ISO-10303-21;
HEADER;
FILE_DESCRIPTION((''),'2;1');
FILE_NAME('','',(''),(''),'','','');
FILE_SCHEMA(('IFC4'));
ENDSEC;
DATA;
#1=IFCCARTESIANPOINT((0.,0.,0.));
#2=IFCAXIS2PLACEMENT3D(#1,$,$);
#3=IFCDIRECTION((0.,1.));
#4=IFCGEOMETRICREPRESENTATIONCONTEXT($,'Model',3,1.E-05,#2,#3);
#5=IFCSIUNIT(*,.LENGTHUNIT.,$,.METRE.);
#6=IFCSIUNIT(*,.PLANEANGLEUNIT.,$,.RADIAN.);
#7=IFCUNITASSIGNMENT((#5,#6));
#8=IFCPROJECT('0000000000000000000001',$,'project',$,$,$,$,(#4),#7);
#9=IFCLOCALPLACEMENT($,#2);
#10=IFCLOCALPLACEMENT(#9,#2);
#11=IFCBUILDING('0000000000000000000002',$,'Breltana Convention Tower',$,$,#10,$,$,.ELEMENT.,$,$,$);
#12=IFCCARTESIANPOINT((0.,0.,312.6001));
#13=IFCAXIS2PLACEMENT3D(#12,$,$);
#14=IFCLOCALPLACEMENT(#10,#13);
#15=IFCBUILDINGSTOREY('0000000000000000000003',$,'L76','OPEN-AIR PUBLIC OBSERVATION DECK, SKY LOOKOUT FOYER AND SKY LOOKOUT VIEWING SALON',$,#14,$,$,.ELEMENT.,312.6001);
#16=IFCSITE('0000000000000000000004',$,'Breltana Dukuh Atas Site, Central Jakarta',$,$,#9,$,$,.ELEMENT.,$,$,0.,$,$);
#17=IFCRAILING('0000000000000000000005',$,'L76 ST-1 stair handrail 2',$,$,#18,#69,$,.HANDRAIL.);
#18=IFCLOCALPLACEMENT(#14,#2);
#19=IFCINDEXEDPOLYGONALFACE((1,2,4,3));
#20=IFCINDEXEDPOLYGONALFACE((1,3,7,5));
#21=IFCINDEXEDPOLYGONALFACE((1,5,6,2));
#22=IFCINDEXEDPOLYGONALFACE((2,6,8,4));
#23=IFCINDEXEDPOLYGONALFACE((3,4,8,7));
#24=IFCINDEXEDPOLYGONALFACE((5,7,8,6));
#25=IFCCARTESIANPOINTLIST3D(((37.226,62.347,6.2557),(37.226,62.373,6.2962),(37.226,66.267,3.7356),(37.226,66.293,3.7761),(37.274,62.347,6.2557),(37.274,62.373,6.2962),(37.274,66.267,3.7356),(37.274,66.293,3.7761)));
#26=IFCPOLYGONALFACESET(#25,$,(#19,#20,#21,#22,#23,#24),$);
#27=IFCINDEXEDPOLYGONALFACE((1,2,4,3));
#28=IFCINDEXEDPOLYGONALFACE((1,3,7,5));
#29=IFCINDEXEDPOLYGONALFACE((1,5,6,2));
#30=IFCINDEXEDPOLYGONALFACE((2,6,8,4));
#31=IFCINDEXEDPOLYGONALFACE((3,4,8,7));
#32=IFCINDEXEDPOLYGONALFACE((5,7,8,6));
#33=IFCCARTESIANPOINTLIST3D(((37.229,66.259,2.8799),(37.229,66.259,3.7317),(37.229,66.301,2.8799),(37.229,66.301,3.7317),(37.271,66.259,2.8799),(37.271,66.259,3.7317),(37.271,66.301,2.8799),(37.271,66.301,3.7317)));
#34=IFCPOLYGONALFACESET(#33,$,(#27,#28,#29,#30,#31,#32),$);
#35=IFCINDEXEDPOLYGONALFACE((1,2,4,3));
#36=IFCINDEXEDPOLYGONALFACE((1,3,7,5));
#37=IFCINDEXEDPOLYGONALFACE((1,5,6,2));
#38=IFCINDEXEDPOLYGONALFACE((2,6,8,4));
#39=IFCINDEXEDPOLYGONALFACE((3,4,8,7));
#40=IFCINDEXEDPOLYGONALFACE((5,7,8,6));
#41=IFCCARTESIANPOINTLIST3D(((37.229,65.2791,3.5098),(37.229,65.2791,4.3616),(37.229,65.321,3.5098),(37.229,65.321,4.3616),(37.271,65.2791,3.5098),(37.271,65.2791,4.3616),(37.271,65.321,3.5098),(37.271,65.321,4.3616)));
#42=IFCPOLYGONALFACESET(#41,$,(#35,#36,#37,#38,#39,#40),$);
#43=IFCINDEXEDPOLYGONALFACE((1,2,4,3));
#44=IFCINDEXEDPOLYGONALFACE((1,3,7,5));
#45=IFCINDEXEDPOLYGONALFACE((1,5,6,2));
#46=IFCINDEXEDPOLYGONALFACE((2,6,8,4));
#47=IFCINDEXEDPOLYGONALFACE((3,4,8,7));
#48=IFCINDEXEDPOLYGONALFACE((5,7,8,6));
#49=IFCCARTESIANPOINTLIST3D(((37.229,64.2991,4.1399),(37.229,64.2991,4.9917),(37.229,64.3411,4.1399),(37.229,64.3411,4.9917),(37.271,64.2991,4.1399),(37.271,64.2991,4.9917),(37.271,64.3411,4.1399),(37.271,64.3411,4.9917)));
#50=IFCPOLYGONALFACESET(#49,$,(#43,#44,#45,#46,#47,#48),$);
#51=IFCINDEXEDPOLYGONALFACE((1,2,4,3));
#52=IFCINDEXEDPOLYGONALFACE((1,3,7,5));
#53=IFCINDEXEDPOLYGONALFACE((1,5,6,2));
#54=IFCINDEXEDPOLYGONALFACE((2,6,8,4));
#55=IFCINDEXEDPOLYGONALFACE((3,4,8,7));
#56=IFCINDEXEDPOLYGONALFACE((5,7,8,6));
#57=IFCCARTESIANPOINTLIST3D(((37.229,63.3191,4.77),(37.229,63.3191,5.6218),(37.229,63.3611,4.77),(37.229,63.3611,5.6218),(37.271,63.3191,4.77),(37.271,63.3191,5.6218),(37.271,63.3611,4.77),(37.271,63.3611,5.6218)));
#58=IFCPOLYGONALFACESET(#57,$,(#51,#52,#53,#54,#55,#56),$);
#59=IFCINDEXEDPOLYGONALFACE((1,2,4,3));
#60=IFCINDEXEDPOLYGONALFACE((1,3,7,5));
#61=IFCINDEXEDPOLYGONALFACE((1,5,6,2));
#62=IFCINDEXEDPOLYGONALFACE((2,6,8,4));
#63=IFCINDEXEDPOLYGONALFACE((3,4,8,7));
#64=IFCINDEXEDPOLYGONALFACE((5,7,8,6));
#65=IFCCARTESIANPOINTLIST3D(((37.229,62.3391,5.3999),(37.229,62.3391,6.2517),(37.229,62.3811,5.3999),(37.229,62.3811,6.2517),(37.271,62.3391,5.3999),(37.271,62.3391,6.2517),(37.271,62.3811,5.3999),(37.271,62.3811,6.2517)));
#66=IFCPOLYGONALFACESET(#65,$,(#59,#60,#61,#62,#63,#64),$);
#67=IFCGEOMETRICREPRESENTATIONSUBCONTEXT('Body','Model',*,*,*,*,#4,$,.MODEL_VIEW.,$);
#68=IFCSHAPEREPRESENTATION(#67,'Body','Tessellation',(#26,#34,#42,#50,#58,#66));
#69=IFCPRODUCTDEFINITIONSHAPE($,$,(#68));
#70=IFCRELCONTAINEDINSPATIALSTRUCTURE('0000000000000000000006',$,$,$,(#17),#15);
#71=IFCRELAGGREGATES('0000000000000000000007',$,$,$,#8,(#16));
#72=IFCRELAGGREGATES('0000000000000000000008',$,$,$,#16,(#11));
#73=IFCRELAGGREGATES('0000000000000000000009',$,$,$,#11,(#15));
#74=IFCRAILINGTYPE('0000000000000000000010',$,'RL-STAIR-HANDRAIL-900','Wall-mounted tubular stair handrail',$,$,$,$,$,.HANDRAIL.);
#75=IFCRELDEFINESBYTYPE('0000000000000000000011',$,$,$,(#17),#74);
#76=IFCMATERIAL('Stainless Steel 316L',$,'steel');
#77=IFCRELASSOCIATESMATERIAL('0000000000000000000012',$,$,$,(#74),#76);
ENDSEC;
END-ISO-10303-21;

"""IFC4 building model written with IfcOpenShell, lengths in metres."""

from ifc_helpers import new_model, si_unit, direction, frame, origin, origin_2d, place, context, subcontext, project, spatial, rectangle, extrude, material, type_object, element, save


model = new_model("IFC4")

# Units and contexts
model_context = context("Model", 3, precision=1e-05, world=origin(), true_north=direction((0.0, 1.0)))
body_context = subcontext(model_context, "Body", "Model", "MODEL_VIEW")
ifc_project = project(units=[si_unit("LENGTHUNIT", "METRE"), si_unit("PLANEANGLEUNIT", "RADIAN")], contexts=[model_context])

# Site, building, storey
site_placement = place(None, origin())
site = spatial("IfcSite", under=ifc_project, at=site_placement, Name="Breltana Dukuh Atas Site, Central Jakarta", CompositionType="ELEMENT", RefElevation=0.0)
building_placement = place(site_placement, origin())
building = spatial("IfcBuilding", under=site, at=building_placement, Name="Breltana Convention Tower", CompositionType="ELEMENT")
storey_placement = place(building_placement, frame((0.0, 0.0, 312.6001)))
storey = spatial("IfcBuildingStorey", under=building, at=storey_placement, Name="L76", Description="OPEN-AIR PUBLIC OBSERVATION DECK, SKY LOOKOUT FOYER AND SKY LOOKOUT VIEWING SALON", CompositionType="ELEMENT", Elevation=312.6001)

# Railing
ifc_material_1 = material(Name="Stainless Steel 316L", Category="steel")
railing_type_1 = type_object("IfcRailingType", Name="RL-STAIR-HANDRAIL-900", Description="Wall-mounted tubular stair handrail", PredefinedType="HANDRAIL", material=ifc_material_1)
railing_1_placement = place(storey_placement, frame((37.25, 66.28, 2.8799)))
element("IfcRailing", 1, at=railing_1_placement, inside=storey, type_object=railing_type_1, Name="L76 ST-1 stair handrail 2", PredefinedType="HANDRAIL", context=body_context, shape_type="SweptSolid", body=[
    extrude(rectangle(XDim=0.0481, YDim=0.0481, at=origin_2d()), frame((0.0, 0.0, 0.876), z_axis=(0.0, -0.841172, 0.540768), x_axis=(1.0, 0.0, 0.0)), (0.0, 0.0, 1.0), 4.6602),
    extrude(rectangle(XDim=0.042, YDim=0.042, at=origin_2d()), origin(), (0.0, 0.0, 1.0), 0.8518),
    extrude(rectangle(XDim=0.042, YDim=0.042, at=origin_2d()), frame((0.0, -0.98, 0.6299)), (0.0, 0.0, 1.0), 0.8518),
    extrude(rectangle(XDim=0.042, YDim=0.042, at=origin_2d()), frame((0.0, -1.96, 1.26)), (0.0, 0.0, 1.0), 0.8518),
    extrude(rectangle(XDim=0.042, YDim=0.042, at=origin_2d()), frame((0.0, -2.9399, 1.8901)), (0.0, 0.0, 1.0), 0.8518),
    extrude(rectangle(XDim=0.042, YDim=0.042, at=origin_2d()), frame((0.0, -3.9199, 2.52)), (0.0, 0.0, 1.0), 0.8518),
])

save(model, "model.ifc")
